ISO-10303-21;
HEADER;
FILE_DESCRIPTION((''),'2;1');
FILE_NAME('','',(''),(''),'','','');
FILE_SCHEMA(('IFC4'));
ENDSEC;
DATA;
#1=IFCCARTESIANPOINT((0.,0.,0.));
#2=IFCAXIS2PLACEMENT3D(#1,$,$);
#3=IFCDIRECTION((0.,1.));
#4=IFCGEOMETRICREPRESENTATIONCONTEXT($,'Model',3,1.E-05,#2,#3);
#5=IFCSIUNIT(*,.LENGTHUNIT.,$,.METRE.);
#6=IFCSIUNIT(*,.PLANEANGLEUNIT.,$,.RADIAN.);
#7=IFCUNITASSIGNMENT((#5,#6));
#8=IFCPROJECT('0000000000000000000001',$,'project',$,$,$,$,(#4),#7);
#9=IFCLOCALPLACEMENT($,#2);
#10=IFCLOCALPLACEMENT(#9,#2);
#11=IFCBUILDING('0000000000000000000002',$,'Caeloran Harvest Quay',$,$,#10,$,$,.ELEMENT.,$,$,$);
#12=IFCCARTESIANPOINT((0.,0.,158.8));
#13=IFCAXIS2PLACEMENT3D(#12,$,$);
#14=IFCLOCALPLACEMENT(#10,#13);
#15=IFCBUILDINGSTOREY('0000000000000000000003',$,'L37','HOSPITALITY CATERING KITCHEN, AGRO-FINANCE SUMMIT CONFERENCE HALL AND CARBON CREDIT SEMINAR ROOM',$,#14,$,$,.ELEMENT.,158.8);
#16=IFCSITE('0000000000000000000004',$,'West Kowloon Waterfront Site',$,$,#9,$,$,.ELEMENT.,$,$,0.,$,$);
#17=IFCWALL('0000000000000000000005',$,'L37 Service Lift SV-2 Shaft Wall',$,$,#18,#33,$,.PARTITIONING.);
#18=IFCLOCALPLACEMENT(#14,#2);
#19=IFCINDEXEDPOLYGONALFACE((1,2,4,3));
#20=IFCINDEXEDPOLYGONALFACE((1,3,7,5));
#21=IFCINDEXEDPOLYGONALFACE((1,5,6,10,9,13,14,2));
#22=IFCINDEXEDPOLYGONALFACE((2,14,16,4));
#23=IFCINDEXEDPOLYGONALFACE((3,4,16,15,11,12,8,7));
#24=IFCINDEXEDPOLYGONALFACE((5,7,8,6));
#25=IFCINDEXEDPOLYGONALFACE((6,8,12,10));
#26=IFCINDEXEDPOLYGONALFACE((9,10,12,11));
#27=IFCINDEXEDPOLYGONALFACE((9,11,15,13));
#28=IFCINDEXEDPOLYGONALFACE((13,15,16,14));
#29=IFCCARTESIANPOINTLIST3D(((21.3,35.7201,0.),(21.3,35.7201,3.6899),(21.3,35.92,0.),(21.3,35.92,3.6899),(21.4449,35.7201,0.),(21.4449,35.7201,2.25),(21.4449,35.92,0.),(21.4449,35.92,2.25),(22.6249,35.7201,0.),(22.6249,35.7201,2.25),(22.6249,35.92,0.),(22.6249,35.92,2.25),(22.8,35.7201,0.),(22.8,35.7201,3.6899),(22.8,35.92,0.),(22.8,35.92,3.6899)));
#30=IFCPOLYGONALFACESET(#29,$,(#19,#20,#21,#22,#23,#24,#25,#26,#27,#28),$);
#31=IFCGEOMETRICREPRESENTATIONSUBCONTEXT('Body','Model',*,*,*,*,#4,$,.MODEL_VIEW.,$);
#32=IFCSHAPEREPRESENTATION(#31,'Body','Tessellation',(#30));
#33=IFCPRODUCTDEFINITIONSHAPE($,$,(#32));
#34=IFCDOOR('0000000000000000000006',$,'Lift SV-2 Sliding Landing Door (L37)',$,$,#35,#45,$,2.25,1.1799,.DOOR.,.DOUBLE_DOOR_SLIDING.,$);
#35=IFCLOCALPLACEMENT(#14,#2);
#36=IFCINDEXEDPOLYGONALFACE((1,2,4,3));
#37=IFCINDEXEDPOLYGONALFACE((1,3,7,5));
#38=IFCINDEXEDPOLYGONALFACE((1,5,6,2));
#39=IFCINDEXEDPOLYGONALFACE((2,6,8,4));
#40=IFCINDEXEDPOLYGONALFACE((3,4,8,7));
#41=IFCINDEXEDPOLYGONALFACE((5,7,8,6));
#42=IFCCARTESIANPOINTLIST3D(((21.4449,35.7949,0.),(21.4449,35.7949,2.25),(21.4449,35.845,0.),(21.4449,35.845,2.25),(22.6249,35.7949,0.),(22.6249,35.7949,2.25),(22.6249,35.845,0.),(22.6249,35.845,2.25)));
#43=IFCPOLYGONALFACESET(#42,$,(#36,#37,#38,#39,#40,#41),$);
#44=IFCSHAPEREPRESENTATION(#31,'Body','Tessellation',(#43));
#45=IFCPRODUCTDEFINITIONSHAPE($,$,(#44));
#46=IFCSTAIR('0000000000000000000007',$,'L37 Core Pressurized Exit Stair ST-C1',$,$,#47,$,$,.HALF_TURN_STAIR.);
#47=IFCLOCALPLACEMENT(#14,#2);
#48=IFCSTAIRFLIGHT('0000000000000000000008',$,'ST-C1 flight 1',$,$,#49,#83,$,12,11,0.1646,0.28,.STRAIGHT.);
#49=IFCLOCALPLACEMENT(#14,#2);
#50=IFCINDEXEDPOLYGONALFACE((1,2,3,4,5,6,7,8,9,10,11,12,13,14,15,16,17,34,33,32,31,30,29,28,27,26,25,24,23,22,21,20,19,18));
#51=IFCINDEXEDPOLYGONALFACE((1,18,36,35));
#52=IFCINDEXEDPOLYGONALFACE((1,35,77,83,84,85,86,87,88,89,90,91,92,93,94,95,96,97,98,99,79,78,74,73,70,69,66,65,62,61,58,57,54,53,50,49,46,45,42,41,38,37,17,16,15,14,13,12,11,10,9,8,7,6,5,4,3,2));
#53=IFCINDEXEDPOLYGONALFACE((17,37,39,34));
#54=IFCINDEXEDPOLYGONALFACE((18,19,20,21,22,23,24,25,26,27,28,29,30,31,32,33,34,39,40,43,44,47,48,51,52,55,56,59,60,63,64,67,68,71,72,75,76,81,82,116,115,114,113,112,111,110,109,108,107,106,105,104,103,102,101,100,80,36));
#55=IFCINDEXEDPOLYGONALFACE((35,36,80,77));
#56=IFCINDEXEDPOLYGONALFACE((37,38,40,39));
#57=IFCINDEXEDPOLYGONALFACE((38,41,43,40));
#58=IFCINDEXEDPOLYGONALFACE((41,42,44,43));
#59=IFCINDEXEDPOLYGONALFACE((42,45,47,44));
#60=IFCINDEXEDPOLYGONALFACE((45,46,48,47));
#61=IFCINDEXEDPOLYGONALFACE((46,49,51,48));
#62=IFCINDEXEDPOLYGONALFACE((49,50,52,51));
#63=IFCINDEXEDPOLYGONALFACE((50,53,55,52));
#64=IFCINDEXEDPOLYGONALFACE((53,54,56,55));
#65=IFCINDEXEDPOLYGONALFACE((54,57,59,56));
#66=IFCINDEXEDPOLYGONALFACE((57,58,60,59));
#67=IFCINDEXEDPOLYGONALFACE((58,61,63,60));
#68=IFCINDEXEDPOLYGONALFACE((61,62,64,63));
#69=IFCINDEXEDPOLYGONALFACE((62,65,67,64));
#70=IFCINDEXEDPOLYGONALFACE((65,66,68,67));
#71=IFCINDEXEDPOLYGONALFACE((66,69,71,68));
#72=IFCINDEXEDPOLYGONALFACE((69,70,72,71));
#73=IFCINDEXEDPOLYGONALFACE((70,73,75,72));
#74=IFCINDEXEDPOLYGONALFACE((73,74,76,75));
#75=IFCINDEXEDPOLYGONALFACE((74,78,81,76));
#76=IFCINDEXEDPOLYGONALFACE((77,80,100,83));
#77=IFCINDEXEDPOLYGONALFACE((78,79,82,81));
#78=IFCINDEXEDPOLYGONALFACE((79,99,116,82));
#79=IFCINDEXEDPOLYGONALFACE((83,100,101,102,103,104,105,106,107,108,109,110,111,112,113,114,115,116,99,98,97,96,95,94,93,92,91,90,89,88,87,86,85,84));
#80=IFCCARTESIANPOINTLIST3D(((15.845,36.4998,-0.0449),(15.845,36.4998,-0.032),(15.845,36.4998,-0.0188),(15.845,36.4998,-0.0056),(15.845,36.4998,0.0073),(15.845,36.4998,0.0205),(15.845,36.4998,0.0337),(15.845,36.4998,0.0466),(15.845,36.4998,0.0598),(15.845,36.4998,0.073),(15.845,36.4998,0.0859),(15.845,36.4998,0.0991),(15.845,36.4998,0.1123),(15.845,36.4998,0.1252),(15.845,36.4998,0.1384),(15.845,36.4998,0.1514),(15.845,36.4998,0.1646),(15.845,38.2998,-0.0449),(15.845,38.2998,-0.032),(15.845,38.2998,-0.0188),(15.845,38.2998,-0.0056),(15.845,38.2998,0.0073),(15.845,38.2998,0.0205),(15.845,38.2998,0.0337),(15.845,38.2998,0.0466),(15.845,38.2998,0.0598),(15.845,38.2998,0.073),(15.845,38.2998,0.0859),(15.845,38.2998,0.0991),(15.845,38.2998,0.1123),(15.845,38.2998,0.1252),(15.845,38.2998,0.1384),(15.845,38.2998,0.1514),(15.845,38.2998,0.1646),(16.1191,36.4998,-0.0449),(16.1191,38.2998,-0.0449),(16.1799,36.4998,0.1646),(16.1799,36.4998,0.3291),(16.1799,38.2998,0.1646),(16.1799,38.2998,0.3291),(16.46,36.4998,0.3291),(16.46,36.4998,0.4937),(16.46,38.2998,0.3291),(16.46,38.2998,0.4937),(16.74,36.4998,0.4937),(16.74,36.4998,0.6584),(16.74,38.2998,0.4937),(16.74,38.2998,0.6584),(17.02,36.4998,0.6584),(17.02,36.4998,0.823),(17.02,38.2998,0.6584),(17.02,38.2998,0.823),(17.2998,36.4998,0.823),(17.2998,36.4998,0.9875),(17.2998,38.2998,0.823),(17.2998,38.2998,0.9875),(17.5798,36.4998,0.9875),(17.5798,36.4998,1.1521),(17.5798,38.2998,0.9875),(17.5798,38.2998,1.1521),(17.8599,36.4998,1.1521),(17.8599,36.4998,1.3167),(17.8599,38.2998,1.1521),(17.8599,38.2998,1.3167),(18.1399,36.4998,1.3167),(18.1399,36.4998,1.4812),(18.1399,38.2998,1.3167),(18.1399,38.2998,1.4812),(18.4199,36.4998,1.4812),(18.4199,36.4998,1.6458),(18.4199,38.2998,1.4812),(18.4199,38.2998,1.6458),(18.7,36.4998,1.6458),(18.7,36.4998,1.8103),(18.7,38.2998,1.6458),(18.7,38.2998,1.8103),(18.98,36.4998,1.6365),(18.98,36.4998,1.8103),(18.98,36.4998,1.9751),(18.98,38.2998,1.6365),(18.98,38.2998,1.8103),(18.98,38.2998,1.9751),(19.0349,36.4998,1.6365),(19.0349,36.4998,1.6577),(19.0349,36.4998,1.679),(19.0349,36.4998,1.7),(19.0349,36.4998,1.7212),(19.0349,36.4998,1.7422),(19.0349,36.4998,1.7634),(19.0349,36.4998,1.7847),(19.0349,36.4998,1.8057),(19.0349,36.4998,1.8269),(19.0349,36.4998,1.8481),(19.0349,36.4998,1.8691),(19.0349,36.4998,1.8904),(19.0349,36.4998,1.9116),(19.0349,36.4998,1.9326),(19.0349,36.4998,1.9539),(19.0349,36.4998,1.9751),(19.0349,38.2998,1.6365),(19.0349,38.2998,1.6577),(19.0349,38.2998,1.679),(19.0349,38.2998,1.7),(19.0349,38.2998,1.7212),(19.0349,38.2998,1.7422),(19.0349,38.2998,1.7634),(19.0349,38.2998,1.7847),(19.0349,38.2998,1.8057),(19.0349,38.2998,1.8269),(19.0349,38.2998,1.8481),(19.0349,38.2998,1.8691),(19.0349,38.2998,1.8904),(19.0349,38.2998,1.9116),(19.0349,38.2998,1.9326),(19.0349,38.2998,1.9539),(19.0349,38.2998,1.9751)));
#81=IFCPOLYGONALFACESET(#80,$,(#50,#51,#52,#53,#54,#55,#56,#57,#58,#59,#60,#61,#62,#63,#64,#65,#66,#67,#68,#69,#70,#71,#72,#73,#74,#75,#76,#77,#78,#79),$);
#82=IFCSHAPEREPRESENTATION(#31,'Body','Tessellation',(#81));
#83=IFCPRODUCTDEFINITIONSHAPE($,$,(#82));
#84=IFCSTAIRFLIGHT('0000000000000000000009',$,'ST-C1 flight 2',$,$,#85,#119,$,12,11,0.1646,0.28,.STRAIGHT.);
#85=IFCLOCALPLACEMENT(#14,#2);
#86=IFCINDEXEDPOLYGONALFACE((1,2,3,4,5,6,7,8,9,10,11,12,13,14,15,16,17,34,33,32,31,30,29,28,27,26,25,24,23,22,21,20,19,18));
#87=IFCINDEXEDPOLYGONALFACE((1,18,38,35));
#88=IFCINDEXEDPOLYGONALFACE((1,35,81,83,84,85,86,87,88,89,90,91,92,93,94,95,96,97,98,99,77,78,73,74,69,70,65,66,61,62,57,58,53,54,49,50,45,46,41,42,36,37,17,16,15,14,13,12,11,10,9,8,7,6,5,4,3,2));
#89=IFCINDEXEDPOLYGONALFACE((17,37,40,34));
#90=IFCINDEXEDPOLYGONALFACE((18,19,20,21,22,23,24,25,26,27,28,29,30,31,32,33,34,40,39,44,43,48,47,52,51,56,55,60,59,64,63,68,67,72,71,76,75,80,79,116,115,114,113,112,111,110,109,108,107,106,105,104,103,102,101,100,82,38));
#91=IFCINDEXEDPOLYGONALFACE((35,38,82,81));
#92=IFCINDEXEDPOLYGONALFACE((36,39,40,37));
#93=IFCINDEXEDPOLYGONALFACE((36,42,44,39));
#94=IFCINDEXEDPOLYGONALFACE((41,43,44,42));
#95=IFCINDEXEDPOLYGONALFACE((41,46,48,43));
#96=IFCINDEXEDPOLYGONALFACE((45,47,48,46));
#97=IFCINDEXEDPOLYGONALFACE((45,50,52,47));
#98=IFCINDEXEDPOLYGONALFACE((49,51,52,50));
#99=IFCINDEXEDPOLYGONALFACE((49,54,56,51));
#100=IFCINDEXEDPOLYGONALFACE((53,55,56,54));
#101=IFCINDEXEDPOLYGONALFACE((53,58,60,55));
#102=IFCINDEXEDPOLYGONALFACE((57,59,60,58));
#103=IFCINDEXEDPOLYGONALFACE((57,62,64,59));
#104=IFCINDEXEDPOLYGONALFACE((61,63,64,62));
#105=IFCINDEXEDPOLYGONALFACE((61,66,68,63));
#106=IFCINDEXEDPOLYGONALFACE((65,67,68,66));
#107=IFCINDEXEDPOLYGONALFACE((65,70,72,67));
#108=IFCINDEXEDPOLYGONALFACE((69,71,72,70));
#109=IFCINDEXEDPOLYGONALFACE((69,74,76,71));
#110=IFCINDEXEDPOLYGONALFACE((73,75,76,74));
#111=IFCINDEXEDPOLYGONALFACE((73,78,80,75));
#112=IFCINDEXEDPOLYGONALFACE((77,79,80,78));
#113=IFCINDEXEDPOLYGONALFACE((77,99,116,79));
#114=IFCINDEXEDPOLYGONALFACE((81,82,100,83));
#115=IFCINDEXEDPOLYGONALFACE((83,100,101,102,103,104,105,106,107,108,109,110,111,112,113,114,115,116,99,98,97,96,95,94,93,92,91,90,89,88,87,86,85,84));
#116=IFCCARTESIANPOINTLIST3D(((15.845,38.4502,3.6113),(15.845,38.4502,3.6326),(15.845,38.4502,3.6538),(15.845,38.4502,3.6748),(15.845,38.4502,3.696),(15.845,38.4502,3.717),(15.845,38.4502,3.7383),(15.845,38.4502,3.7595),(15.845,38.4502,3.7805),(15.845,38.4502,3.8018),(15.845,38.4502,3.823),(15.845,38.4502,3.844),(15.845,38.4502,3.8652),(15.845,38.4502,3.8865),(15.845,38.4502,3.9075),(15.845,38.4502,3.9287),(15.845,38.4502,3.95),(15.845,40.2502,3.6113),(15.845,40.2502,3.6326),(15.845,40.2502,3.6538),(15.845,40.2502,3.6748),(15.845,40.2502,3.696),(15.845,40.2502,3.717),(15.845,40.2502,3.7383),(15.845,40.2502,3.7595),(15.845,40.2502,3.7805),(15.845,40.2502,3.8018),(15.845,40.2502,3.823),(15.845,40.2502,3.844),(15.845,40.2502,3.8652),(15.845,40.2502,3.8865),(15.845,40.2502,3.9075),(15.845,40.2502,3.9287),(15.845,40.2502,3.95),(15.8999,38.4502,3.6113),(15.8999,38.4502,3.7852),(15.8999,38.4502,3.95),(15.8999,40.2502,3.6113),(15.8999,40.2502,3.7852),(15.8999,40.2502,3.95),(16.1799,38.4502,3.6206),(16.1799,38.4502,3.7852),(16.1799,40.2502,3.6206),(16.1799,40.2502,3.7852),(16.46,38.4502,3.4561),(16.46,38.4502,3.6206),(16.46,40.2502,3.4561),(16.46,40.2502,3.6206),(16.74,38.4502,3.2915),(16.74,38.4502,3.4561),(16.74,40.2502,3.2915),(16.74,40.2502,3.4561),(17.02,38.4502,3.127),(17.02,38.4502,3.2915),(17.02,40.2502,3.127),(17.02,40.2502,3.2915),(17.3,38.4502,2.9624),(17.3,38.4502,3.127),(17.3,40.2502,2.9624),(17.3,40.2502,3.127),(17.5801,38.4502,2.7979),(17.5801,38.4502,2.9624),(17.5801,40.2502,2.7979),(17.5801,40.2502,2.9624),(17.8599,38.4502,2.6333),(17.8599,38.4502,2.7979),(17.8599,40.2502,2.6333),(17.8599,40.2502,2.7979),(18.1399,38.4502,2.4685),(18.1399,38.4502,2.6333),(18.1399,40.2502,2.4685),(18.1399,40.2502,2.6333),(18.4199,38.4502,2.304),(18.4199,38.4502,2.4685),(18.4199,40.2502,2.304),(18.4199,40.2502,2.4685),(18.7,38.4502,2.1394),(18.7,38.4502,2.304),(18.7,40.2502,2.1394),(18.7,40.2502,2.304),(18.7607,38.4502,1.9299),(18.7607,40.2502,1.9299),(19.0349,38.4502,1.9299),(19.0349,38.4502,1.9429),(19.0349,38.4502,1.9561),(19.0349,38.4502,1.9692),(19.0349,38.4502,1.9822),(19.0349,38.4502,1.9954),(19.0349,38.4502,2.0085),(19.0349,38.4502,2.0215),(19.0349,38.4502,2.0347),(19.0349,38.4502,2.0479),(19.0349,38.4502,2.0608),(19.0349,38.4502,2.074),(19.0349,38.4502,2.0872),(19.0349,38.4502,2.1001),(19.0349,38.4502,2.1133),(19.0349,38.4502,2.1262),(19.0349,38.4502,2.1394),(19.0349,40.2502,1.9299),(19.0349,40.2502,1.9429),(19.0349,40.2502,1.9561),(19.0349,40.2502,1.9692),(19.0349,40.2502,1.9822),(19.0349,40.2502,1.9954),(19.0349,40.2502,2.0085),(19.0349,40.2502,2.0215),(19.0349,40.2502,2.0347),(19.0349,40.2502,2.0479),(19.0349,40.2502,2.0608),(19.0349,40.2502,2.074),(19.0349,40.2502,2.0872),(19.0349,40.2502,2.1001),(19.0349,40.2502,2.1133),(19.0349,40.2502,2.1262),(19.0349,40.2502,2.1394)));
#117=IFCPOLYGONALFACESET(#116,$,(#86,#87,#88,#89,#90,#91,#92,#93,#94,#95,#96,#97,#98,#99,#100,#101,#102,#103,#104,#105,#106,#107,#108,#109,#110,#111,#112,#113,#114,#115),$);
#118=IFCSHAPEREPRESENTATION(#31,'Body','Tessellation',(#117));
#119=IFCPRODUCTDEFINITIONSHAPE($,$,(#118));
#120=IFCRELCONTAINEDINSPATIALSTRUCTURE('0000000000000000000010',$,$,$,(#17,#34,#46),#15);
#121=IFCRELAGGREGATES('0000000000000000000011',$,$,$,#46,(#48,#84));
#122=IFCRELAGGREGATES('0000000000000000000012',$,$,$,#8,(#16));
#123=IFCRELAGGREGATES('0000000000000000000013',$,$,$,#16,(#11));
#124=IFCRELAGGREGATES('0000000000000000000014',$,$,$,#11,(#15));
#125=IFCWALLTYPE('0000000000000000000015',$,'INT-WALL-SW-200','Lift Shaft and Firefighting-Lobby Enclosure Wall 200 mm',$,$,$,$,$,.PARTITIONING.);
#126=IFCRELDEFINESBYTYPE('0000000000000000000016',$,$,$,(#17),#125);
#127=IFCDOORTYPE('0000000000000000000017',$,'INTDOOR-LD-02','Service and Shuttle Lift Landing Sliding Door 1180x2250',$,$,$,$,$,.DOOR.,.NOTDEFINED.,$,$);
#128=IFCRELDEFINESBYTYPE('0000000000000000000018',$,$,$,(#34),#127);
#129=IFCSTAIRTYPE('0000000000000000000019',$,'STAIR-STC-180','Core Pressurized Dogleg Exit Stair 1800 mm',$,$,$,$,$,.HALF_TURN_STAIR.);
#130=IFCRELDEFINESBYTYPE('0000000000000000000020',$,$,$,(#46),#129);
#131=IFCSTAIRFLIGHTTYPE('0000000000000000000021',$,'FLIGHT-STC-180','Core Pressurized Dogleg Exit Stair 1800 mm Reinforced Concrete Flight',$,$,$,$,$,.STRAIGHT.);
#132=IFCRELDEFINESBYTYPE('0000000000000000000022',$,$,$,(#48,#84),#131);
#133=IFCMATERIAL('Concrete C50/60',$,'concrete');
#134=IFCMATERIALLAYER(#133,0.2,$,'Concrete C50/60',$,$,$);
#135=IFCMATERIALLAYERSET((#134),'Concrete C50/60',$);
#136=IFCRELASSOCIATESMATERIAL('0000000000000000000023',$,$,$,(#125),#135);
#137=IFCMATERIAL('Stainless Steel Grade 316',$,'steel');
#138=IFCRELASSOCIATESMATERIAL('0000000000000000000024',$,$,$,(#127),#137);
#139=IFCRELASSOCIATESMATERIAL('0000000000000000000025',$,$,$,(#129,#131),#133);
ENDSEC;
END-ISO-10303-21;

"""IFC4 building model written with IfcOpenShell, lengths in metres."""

from ifc_helpers import new_model, si_unit, direction, frame, frame_2d, origin, place, context, subcontext, project, spatial, polyline, rectangle, outline, extrude, material, layer, layer_set, type_object, element, fill, aggregate, save


model = new_model("IFC4")

# Units and contexts
model_context = context("Model", 3, precision=1e-05, world=origin(), true_north=direction((0.0, 1.0)))
body_context = subcontext(model_context, "Body", "Model", "MODEL_VIEW")
ifc_project = project(units=[si_unit("LENGTHUNIT", "METRE"), si_unit("PLANEANGLEUNIT", "RADIAN")], contexts=[model_context])

# Site, building, storey
site_placement = place(None, origin())
site = spatial("IfcSite", under=ifc_project, at=site_placement, Name="West Kowloon Waterfront Site", CompositionType="ELEMENT", RefElevation=0.0)
building_placement = place(site_placement, origin())
building = spatial("IfcBuilding", under=site, at=building_placement, Name="Caeloran Harvest Quay", CompositionType="ELEMENT")
storey_placement = place(building_placement, frame((0.0, 0.0, 158.8)))
storey = spatial("IfcBuildingStorey", under=building, at=storey_placement, Name="L37", Description="HOSPITALITY CATERING KITCHEN, AGRO-FINANCE SUMMIT CONFERENCE HALL AND CARBON CREDIT SEMINAR ROOM", CompositionType="ELEMENT", Elevation=158.8)

# Wall, opening, door
ifc_material_1 = material(Name="Concrete C50/60", Category="concrete")
ifc_layer_1 = layer(ifc_material_1, 0.2, Name="Concrete C50/60")
ifc_layer_set_1 = layer_set([ifc_layer_1], Name="Concrete C50/60")
wall_type_1 = type_object("IfcWallType", Name="INT-WALL-SW-200", Description="Lift Shaft and Firefighting-Lobby Enclosure Wall 200 mm", PredefinedType="PARTITIONING", material=ifc_layer_set_1)
wall_1_placement = place(storey_placement, frame((21.3, 35.8201, 0.0), z_axis=(0.0, 0.0, 1.0), x_axis=(1.0, 0.0, 0.0)))
wall_1 = element("IfcWall", 1, at=wall_1_placement, inside=storey, type_object=wall_type_1, Name="L37 Service Lift SV-2 Shaft Wall", PredefinedType="PARTITIONING", context=body_context, shape_type="SweptSolid", body=[
    extrude(rectangle(XDim=1.5, YDim=0.2, at=frame_2d((0.75, 0.0))), origin(), (0.0, 0.0, 1.0), 3.6899),
])
opening_placement = place(wall_1_placement, frame((0.145, 0.0, 0.0)))
opening = element("IfcOpeningElement", 2, at=opening_placement, cuts=wall_1, PredefinedType="OPENING", context=body_context, shape_type="SweptSolid", body=[
    extrude(rectangle(XDim=1.1799, YDim=2.25, at=frame_2d((0.5898, 1.125))), frame((0.0, 0.1099, 0.0), z_axis=(0.0, -1.0, 0.0), x_axis=(1.0, 0.0, 0.0)), (0.0, 0.0, 1.0), 0.22),
])
ifc_material_2 = material(Name="Stainless Steel Grade 316", Category="steel")
door_type = type_object("IfcDoorType", Name="INTDOOR-LD-02", Description="Service and Shuttle Lift Landing Sliding Door 1180x2250", OperationType="NOTDEFINED", PredefinedType="DOOR", material=ifc_material_2)
door_placement = place(opening_placement, origin())
door = element("IfcDoor", 3, at=door_placement, inside=storey, type_object=door_type, Name="Lift SV-2 Sliding Landing Door (L37)", OperationType="DOUBLE_DOOR_SLIDING", OverallHeight=2.25, OverallWidth=1.1799, PredefinedType="DOOR", context=body_context, shape_type="SweptSolid", body=[
    extrude(rectangle(XDim=1.1799, YDim=2.25, at=frame_2d((0.5898, 1.125))), frame((0.0, 0.0249, 0.0), z_axis=(0.0, -1.0, 0.0), x_axis=(1.0, 0.0, 0.0)), (0.0, 0.0, 1.0), 0.05),
])
fill(opening, door)

# Stair, stair flights
stair_type = type_object("IfcStairType", Name="STAIR-STC-180", Description="Core Pressurized Dogleg Exit Stair 1800 mm", PredefinedType="HALF_TURN_STAIR", material=ifc_material_1)
stair_placement = place(storey_placement, origin())
stair = element("IfcStair", 4, at=stair_placement, inside=storey, type_object=stair_type, Name="L37 Core Pressurized Exit Stair ST-C1", PredefinedType="HALF_TURN_STAIR")
stair_flight_type = type_object("IfcStairFlightType", Name="FLIGHT-STC-180", Description="Core Pressurized Dogleg Exit Stair 1800 mm Reinforced Concrete Flight", PredefinedType="STRAIGHT", material=ifc_material_1)
stair_flight_1_placement = place(storey_placement, frame((15.8999, 37.3999, 0.0), z_axis=(0.0, 0.0, 1.0), x_axis=(1.0, 0.0, 0.0)))
stair_flight_1 = element("IfcStairFlight", 5, at=stair_flight_1_placement, type_object=stair_flight_type, Name="ST-C1 flight 1", NumberOfRisers=12, NumberOfTreads=11, PredefinedType="STRAIGHT", RiserHeight=0.1646, TreadLength=0.28, context=body_context, shape_type="SweptSolid", body=[
    extrude(outline(polyline([(-0.0549, -0.0449), (-0.0549, -0.032), (-0.0549, -0.0188), (-0.0549, -0.0056), (-0.0549, 0.0073), (-0.0549, 0.0205), (-0.0549, 0.0337), (-0.0549, 0.0466), (-0.0549, 0.0598), (-0.0549, 0.073), (-0.0549, 0.0859), (-0.0549, 0.0991), (-0.0549, 0.1123), (-0.0549, 0.1252), (-0.0549, 0.1384), (-0.0549, 0.1514), (-0.0549, 0.1646), (0.28, 0.1646), (0.28, 0.3291), (0.5601, 0.3291), (0.5601, 0.4937), (0.8401, 0.4937), (0.8401, 0.6584), (1.1201, 0.6584), (1.1201, 0.823), (1.3999, 0.823), (1.3999, 0.9875), (1.6799, 0.9875), (1.6799, 1.1521), (1.96, 1.1521), (1.96, 1.3167), (2.24, 1.3167), (2.24, 1.4812), (2.52, 1.4812), (2.52, 1.6458), (2.8, 1.6458), (2.8, 1.8103), (3.0801, 1.8103), (3.0801, 1.9751), (3.135, 1.9751), (3.135, 1.9539), (3.135, 1.9326), (3.135, 1.9116), (3.135, 1.8904), (3.135, 1.8691), (3.135, 1.8481), (3.135, 1.8269), (3.135, 1.8057), (3.135, 1.7847), (3.135, 1.7634), (3.135, 1.7422), (3.135, 1.7212), (3.135, 1.7), (3.135, 1.679), (3.135, 1.6577), (3.135, 1.6365), (3.0801, 1.6365), (0.2192, -0.0449), (-0.0549, -0.0449)])), frame((0.0, 0.8999, 0.0), z_axis=(0.0, -1.0, 0.0), x_axis=(1.0, 0.0, 0.0)), (0.0, 0.0, 1.0), 1.8),
])
stair_flight_2_placement = place(storey_placement, frame((18.98, 39.3501, 1.9749), z_axis=(0.0, 0.0, 1.0), x_axis=(-1.0, 0.0, 0.0)))
stair_flight_2 = element("IfcStairFlight", 6, at=stair_flight_2_placement, type_object=stair_flight_type, Name="ST-C1 flight 2", NumberOfRisers=12, NumberOfTreads=11, PredefinedType="STRAIGHT", RiserHeight=0.1646, TreadLength=0.28, context=body_context, shape_type="SweptSolid", body=[
    extrude(outline(polyline([(-0.0549, -0.0449), (-0.0549, -0.032), (-0.0549, -0.0188), (-0.0549, -0.0056), (-0.0549, 0.0073), (-0.0549, 0.0205), (-0.0549, 0.0337), (-0.0549, 0.0466), (-0.0549, 0.0598), (-0.0549, 0.073), (-0.0549, 0.0859), (-0.0549, 0.0991), (-0.0549, 0.1123), (-0.0549, 0.1252), (-0.0549, 0.1384), (-0.0549, 0.1514), (-0.0549, 0.1646), (0.28, 0.1646), (0.28, 0.3291), (0.5601, 0.3291), (0.5601, 0.4937), (0.8401, 0.4937), (0.8401, 0.6584), (1.1201, 0.6584), (1.1201, 0.823), (1.3999, 0.823), (1.3999, 0.9875), (1.6799, 0.9875), (1.6799, 1.1521), (1.96, 1.1521), (1.96, 1.3167), (2.24, 1.3167), (2.24, 1.4812), (2.52, 1.4812), (2.52, 1.6458), (2.8, 1.6458), (2.8, 1.8103), (3.0801, 1.8103), (3.0801, 1.9751), (3.135, 1.9751), (3.135, 1.9539), (3.135, 1.9326), (3.135, 1.9116), (3.135, 1.8904), (3.135, 1.8691), (3.135, 1.8481), (3.135, 1.8269), (3.135, 1.8057), (3.135, 1.7847), (3.135, 1.7634), (3.135, 1.7422), (3.135, 1.7212), (3.135, 1.7), (3.135, 1.679), (3.135, 1.6577), (3.135, 1.6365), (3.0801, 1.6365), (0.2192, -0.0449), (-0.0549, -0.0449)])), frame((0.0, 0.8999, 0.0), z_axis=(0.0, -1.0, 0.0), x_axis=(1.0, 0.0, 0.0)), (0.0, 0.0, 1.0), 1.8),
])
aggregate(stair, [stair_flight_1, stair_flight_2])

save(model, "model.ifc")
